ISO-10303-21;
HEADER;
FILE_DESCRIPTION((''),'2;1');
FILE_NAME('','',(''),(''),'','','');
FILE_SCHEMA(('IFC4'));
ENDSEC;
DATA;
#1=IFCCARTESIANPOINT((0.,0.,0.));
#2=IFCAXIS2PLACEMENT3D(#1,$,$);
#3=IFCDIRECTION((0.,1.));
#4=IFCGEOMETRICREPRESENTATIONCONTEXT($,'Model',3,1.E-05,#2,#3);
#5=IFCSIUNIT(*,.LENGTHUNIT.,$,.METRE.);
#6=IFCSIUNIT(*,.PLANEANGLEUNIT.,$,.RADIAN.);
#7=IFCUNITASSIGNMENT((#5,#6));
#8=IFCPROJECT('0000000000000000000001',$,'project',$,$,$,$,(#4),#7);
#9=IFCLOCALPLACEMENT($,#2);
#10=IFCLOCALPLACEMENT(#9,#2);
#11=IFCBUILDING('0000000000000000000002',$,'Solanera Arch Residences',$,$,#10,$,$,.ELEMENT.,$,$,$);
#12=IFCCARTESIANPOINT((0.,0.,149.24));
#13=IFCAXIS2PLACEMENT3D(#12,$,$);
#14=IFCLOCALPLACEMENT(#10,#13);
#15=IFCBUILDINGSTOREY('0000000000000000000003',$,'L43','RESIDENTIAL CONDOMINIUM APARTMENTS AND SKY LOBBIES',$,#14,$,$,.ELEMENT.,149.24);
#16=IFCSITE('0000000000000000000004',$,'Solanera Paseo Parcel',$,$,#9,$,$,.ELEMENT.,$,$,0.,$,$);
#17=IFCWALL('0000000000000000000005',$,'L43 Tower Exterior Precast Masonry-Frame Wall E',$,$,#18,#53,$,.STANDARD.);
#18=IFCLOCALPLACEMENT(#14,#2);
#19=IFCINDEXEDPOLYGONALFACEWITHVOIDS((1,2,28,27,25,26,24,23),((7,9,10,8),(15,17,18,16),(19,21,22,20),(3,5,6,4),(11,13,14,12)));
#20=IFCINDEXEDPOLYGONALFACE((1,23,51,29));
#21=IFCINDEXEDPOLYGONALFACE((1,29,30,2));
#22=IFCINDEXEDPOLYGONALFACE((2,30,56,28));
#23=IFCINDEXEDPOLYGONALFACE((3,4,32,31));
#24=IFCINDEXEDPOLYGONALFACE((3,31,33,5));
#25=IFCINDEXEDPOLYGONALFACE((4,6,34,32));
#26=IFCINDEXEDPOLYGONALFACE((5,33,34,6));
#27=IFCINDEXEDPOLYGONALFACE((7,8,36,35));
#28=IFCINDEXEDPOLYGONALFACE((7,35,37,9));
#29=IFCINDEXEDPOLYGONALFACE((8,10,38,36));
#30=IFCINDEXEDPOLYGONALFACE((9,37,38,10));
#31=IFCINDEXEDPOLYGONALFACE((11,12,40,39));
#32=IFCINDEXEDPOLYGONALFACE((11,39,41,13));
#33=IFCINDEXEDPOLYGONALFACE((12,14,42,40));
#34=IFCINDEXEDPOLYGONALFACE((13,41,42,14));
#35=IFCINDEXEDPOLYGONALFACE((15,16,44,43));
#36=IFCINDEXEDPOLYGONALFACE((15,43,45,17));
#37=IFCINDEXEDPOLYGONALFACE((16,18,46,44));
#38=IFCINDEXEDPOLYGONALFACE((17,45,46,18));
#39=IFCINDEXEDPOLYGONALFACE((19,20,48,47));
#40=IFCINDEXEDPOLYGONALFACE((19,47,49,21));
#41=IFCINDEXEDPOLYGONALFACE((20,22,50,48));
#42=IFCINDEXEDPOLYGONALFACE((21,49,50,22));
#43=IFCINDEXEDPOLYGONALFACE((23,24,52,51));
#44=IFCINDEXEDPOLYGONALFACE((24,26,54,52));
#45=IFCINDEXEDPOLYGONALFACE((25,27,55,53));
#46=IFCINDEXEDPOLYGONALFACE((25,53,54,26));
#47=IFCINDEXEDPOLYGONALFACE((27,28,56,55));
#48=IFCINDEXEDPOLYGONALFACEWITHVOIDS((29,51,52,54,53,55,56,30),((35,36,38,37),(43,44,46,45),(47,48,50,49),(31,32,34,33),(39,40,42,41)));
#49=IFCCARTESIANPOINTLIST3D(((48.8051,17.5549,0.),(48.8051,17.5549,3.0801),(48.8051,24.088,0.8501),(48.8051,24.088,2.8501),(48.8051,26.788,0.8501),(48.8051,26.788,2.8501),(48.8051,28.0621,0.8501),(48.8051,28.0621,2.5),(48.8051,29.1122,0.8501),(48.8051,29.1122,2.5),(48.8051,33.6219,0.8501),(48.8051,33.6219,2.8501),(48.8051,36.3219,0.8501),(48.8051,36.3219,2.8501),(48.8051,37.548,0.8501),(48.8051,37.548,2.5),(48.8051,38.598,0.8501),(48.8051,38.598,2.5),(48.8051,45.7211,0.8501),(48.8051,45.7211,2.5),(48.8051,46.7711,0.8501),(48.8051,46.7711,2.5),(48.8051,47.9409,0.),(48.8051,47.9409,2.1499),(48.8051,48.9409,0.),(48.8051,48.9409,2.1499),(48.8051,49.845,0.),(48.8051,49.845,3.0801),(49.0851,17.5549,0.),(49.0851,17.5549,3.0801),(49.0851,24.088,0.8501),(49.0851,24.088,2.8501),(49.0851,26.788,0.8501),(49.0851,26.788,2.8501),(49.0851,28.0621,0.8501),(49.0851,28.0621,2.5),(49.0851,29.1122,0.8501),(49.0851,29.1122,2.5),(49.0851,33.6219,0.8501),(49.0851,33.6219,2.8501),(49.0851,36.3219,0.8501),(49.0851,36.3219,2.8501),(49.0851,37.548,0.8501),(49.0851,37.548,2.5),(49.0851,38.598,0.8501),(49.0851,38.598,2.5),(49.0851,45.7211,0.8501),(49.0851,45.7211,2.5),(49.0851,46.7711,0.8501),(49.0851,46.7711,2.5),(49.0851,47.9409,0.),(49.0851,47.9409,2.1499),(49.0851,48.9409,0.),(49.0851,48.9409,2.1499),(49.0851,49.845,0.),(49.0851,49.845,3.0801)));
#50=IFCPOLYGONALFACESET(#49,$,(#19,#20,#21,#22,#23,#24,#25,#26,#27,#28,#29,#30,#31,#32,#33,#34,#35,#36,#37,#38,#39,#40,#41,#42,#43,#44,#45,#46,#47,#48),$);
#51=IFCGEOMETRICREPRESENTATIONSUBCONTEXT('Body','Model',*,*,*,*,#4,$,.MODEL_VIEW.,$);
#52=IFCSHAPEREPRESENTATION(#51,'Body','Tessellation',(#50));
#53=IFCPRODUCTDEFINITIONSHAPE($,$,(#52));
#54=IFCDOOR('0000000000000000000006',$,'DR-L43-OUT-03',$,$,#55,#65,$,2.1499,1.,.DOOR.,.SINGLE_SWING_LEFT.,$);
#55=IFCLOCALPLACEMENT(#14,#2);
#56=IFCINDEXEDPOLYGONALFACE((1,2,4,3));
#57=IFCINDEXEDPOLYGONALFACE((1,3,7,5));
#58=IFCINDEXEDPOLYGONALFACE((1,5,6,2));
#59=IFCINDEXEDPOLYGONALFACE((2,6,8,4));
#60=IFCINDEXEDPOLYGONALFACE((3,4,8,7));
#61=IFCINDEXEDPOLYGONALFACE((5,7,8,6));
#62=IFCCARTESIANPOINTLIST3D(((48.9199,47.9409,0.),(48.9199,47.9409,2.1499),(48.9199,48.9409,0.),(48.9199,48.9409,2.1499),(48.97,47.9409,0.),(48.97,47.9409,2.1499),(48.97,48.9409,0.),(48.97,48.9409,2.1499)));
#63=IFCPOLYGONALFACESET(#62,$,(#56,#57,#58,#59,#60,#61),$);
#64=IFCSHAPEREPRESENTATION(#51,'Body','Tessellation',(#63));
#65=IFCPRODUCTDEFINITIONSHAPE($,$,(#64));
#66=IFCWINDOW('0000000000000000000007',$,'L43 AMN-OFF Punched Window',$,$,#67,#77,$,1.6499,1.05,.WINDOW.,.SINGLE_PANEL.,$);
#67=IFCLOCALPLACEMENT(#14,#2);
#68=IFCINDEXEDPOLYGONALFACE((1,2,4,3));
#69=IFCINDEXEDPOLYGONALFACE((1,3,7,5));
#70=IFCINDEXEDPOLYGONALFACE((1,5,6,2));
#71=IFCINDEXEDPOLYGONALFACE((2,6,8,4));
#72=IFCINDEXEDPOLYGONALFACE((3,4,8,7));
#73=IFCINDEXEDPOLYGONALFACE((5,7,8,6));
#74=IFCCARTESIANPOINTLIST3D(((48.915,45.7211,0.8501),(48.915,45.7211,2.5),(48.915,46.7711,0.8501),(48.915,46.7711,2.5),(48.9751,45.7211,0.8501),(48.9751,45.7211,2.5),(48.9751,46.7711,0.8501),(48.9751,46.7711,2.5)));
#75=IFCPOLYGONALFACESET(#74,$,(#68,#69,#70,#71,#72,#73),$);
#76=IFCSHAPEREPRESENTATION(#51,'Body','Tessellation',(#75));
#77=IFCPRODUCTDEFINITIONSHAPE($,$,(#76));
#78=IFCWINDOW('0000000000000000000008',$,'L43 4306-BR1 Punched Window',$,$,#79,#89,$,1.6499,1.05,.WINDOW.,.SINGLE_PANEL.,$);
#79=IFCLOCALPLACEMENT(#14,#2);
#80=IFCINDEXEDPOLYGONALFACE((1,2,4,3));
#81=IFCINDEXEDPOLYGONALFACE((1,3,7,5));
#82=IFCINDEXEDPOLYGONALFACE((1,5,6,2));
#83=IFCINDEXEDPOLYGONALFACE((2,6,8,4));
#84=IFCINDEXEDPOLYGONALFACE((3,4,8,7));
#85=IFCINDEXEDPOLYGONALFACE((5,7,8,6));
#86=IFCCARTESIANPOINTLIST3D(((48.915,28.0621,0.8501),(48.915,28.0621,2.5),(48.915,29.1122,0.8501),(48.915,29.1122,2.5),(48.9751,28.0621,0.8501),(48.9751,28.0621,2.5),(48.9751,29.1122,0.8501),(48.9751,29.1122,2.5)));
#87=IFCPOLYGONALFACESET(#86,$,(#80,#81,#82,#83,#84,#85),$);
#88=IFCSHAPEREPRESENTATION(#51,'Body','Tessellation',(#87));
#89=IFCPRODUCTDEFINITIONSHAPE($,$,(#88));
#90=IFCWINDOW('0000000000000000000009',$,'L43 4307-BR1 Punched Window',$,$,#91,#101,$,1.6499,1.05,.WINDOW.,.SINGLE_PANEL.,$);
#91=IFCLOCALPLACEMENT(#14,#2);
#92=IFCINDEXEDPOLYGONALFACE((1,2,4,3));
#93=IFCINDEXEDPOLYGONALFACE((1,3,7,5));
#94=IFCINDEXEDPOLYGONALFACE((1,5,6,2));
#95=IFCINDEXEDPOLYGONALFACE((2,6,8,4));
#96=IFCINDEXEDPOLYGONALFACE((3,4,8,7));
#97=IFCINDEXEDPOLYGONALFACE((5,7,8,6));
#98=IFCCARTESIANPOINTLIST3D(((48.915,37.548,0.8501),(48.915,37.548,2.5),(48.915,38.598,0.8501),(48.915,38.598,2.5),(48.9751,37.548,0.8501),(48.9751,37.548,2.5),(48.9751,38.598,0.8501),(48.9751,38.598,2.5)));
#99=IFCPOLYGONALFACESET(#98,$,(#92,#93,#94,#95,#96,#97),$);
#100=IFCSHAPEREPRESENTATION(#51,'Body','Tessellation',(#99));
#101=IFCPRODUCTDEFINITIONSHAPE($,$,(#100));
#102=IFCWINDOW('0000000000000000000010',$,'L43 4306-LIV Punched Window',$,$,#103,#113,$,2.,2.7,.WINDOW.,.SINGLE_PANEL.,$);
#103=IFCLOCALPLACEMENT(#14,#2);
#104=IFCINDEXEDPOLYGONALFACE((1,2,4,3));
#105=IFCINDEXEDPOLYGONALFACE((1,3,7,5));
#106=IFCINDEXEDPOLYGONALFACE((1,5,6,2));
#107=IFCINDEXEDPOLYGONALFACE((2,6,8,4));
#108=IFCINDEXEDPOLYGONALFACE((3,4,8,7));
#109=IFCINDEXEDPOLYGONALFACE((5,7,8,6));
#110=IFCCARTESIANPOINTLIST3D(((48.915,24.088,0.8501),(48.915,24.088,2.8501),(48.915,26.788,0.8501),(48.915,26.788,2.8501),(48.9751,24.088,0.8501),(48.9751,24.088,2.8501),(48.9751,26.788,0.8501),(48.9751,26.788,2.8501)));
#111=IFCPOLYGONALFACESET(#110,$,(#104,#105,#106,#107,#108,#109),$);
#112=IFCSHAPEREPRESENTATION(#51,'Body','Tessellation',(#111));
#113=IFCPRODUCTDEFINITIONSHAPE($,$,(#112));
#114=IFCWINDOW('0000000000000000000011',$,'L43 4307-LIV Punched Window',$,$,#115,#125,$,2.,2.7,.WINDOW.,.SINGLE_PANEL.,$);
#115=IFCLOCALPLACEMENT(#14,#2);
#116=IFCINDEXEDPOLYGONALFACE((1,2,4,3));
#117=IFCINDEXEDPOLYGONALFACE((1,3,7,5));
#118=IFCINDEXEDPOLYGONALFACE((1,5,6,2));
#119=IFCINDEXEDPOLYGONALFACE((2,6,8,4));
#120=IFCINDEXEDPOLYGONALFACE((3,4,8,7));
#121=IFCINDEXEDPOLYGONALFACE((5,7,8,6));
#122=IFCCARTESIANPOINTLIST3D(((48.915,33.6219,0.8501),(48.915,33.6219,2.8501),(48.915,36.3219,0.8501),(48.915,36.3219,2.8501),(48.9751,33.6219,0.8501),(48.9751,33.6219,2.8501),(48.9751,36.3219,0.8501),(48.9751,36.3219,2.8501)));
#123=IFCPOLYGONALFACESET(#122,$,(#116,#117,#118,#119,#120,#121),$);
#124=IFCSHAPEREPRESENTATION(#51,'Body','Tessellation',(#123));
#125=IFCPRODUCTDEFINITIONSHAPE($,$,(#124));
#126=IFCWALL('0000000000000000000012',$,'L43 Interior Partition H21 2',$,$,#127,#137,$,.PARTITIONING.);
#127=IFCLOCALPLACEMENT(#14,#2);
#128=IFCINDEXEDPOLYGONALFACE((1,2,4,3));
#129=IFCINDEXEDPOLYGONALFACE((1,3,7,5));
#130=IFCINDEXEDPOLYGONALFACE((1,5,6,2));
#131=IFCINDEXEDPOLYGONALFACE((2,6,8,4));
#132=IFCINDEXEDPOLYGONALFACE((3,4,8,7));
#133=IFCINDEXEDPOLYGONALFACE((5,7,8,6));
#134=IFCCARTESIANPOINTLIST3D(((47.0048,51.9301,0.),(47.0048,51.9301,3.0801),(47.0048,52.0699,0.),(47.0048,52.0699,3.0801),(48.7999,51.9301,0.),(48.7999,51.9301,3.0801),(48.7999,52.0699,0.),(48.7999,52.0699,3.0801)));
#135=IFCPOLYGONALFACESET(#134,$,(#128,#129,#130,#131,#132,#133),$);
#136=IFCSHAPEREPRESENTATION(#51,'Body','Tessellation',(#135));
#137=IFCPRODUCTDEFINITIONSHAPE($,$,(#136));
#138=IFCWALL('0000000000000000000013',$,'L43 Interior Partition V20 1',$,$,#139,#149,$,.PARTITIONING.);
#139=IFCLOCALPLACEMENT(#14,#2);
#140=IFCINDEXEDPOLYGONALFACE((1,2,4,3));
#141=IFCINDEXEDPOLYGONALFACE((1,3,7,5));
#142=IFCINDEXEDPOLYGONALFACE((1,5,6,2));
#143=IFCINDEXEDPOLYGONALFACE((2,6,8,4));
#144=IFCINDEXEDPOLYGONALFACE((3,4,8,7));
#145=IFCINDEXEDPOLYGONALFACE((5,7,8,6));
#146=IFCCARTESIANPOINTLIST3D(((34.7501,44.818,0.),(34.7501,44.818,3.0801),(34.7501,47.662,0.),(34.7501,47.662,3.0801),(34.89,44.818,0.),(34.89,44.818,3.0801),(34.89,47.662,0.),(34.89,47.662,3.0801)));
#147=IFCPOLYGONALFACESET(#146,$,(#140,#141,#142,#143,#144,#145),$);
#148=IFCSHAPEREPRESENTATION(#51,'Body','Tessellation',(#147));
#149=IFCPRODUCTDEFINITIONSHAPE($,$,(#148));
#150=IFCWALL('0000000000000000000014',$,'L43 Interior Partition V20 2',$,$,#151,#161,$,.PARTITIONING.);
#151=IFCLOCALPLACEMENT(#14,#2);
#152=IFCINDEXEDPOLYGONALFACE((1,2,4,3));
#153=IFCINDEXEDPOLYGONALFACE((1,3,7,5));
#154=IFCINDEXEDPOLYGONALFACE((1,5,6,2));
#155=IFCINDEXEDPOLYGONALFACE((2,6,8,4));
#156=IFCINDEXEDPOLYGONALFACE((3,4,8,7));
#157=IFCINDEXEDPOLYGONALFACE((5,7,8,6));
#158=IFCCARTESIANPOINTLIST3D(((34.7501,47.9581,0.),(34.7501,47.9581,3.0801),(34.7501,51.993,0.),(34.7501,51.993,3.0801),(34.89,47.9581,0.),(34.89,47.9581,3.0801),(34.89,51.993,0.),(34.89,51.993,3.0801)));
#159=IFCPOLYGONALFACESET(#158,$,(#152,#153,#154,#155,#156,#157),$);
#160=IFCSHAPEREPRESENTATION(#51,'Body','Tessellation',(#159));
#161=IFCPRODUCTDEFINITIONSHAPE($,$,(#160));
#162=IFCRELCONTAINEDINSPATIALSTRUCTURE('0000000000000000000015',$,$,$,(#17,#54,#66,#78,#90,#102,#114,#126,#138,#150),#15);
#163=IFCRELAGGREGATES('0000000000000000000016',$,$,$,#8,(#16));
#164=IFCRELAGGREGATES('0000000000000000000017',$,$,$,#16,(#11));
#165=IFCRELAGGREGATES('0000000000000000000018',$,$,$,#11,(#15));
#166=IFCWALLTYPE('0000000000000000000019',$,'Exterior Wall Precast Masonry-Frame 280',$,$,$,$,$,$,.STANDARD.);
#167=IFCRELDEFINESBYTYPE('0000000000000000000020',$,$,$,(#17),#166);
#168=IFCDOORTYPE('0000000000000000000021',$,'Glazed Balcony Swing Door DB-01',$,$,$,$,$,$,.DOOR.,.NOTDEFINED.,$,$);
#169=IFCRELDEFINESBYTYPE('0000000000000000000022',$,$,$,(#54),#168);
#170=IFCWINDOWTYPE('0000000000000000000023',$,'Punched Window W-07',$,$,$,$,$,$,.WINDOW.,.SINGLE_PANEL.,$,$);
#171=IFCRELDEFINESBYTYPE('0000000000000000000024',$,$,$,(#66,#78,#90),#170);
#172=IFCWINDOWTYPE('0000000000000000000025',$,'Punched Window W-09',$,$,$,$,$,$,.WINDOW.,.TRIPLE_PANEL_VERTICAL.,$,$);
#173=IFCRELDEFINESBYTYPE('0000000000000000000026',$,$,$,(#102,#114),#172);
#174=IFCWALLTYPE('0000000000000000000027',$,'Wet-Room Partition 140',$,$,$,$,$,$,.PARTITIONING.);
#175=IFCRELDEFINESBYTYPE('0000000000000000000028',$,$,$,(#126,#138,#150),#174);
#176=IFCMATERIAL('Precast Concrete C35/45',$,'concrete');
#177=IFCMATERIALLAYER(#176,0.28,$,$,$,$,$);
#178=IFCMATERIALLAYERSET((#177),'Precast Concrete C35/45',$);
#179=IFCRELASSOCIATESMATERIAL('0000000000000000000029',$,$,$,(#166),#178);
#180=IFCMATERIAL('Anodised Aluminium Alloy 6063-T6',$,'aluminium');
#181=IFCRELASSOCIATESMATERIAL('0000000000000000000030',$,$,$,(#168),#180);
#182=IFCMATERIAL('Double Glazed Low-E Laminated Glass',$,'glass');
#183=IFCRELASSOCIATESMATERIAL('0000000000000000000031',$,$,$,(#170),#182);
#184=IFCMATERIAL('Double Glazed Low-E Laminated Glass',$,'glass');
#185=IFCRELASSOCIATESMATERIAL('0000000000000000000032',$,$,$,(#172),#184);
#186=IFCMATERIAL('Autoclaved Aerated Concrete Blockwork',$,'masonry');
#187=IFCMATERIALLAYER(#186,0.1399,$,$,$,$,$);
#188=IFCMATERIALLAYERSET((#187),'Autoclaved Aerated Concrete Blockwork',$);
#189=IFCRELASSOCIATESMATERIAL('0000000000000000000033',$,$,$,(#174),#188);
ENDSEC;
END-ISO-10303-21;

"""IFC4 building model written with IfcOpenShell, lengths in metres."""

from ifc_helpers import new_model, si_unit, direction, frame, frame_2d, origin, place, context, subcontext, project, spatial, rectangle, extrude, material, layer, layer_set, type_object, element, fill, save


model = new_model("IFC4")

# Units and contexts
model_context = context("Model", 3, precision=1e-05, world=origin(), true_north=direction((0.0, 1.0)))
body_context = subcontext(model_context, "Body", "Model", "MODEL_VIEW")
ifc_project = project(units=[si_unit("LENGTHUNIT", "METRE"), si_unit("PLANEANGLEUNIT", "RADIAN")], contexts=[model_context])

# Site, building, storey
site_placement = place(None, origin())
site = spatial("IfcSite", under=ifc_project, at=site_placement, Name="Solanera Paseo Parcel", CompositionType="ELEMENT", RefElevation=0.0)
building_placement = place(site_placement, origin())
building = spatial("IfcBuilding", under=site, at=building_placement, Name="Solanera Arch Residences", CompositionType="ELEMENT")
storey_placement = place(building_placement, frame((0.0, 0.0, 149.24)))
storey = spatial("IfcBuildingStorey", under=building, at=storey_placement, Name="L43", Description="RESIDENTIAL CONDOMINIUM APARTMENTS AND SKY LOBBIES", CompositionType="ELEMENT", Elevation=149.24)

# Shared definitions
ifc_material_1 = material(Name="Precast Concrete C35/45", Category="concrete")
ifc_layer_1 = layer(ifc_material_1, 0.28)
ifc_layer_set_1 = layer_set([ifc_layer_1], Name="Precast Concrete C35/45")
wall_type_1 = type_object("IfcWallType", Name="Exterior Wall Precast Masonry-Frame 280", PredefinedType="STANDARD", material=ifc_layer_set_1)

# Wall, openings, door, windows
wall_1_placement = place(storey_placement, frame((48.9451, 49.845, 0.0), z_axis=(0.0, 0.0, 1.0), x_axis=(0.0, -1.0, 0.0)))
wall_1 = element("IfcWall", 1, at=wall_1_placement, inside=storey, type_object=wall_type_1, Name="L43 Tower Exterior Precast Masonry-Frame Wall E", PredefinedType="STANDARD", context=body_context, shape_type="SweptSolid", body=[
    extrude(rectangle(XDim=32.29, YDim=0.28, at=frame_2d((16.145, 0.0))), origin(), (0.0, 0.0, 1.0), 3.0801),
])
opening_1_placement = place(wall_1_placement, frame((0.9041, 0.0, 0.0)))
opening_1 = element("IfcOpeningElement", 2, at=opening_1_placement, cuts=wall_1, PredefinedType="OPENING", context=body_context, shape_type="SweptSolid", body=[
    extrude(rectangle(XDim=1.0, YDim=2.1499, at=frame_2d((0.5, 1.075))), frame((0.0, 0.1499, 0.0), z_axis=(0.0, -1.0, 0.0), x_axis=(1.0, 0.0, 0.0)), (0.0, 0.0, 1.0), 0.3),
])
opening_2_placement = place(wall_1_placement, frame((3.074, 0.0, 0.8501)))
opening_2 = element("IfcOpeningElement", 3, at=opening_2_placement, cuts=wall_1, PredefinedType="OPENING", context=body_context, shape_type="SweptSolid", body=[
    extrude(rectangle(XDim=1.05, YDim=1.6499, at=frame_2d((0.5249, 0.825))), frame((0.0, 0.1499, 0.0), z_axis=(0.0, -1.0, 0.0), x_axis=(1.0, 0.0, 0.0)), (0.0, 0.0, 1.0), 0.3),
])
opening_3_placement = place(wall_1_placement, frame((23.0569, 0.0, 0.8501)))
opening_3 = element("IfcOpeningElement", 4, at=opening_3_placement, cuts=wall_1, PredefinedType="OPENING", context=body_context, shape_type="SweptSolid", body=[
    extrude(rectangle(XDim=2.7, YDim=2.0, at=frame_2d((1.3501, 1.0))), frame((0.0, 0.1499, 0.0), z_axis=(0.0, -1.0, 0.0), x_axis=(1.0, 0.0, 0.0)), (0.0, 0.0, 1.0), 0.3),
])
opening_4_placement = place(wall_1_placement, frame((20.7329, 0.0, 0.8501)))
opening_4 = element("IfcOpeningElement", 5, at=opening_4_placement, cuts=wall_1, PredefinedType="OPENING", context=body_context, shape_type="SweptSolid", body=[
    extrude(rectangle(XDim=1.05, YDim=1.6499, at=frame_2d((0.5249, 0.825))), frame((0.0, 0.1499, 0.0), z_axis=(0.0, -1.0, 0.0), x_axis=(1.0, 0.0, 0.0)), (0.0, 0.0, 1.0), 0.3),
])
opening_5_placement = place(wall_1_placement, frame((13.5229, 0.0, 0.8501)))
opening_5 = element("IfcOpeningElement", 6, at=opening_5_placement, cuts=wall_1, PredefinedType="OPENING", context=body_context, shape_type="SweptSolid", body=[
    extrude(rectangle(XDim=2.7, YDim=2.0, at=frame_2d((1.3501, 1.0))), frame((0.0, 0.1499, 0.0), z_axis=(0.0, -1.0, 0.0), x_axis=(1.0, 0.0, 0.0)), (0.0, 0.0, 1.0), 0.3),
])
opening_6_placement = place(wall_1_placement, frame((11.2471, 0.0, 0.8501)))
opening_6 = element("IfcOpeningElement", 7, at=opening_6_placement, cuts=wall_1, PredefinedType="OPENING", context=body_context, shape_type="SweptSolid", body=[
    extrude(rectangle(XDim=1.05, YDim=1.6499, at=frame_2d((0.5249, 0.825))), frame((0.0, 0.1499, 0.0), z_axis=(0.0, -1.0, 0.0), x_axis=(1.0, 0.0, 0.0)), (0.0, 0.0, 1.0), 0.3),
])
ifc_material_2 = material(Name="Anodised Aluminium Alloy 6063-T6", Category="aluminium")
door_type = type_object("IfcDoorType", Name="Glazed Balcony Swing Door DB-01", OperationType="NOTDEFINED", PredefinedType="DOOR", material=ifc_material_2)
door_placement = place(opening_1_placement, origin())
door = element("IfcDoor", 8, at=door_placement, inside=storey, type_object=door_type, Name="DR-L43-OUT-03", OperationType="SINGLE_SWING_LEFT", OverallHeight=2.1499, OverallWidth=1.0, PredefinedType="DOOR", context=body_context, shape_type="SweptSolid", body=[
    extrude(rectangle(XDim=1.0, YDim=2.1499, at=frame_2d((0.5, 1.075))), frame((0.0, 0.0249, 0.0), z_axis=(0.0, -1.0, 0.0), x_axis=(1.0, 0.0, 0.0)), (0.0, 0.0, 1.0), 0.05),
])
fill(opening_1, door)
ifc_material_3 = material(Name="Double Glazed Low-E Laminated Glass", Category="glass")
window_type_1 = type_object("IfcWindowType", Name="Punched Window W-07", PartitioningType="SINGLE_PANEL", PredefinedType="WINDOW", material=ifc_material_3)
window_1_placement = place(opening_2_placement, origin())
window_1 = element("IfcWindow", 9, at=window_1_placement, inside=storey, type_object=window_type_1, Name="L43 AMN-OFF Punched Window", OverallHeight=1.6499, OverallWidth=1.05, PartitioningType="SINGLE_PANEL", PredefinedType="WINDOW", context=body_context, shape_type="SweptSolid", body=[
    extrude(rectangle(XDim=1.05, YDim=1.6499, at=frame_2d((0.5249, 0.825))), frame((0.0, 0.03, 0.0), z_axis=(0.0, -1.0, 0.0), x_axis=(1.0, 0.0, 0.0)), (0.0, 0.0, 1.0), 0.0601),
])
fill(opening_2, window_1)
window_2_placement = place(opening_4_placement, origin())
window_2 = element("IfcWindow", 10, at=window_2_placement, inside=storey, type_object=window_type_1, Name="L43 4306-BR1 Punched Window", OverallHeight=1.6499, OverallWidth=1.05, PartitioningType="SINGLE_PANEL", PredefinedType="WINDOW", context=body_context, shape_type="SweptSolid", body=[
    extrude(rectangle(XDim=1.05, YDim=1.6499, at=frame_2d((0.5249, 0.825))), frame((0.0, 0.03, 0.0), z_axis=(0.0, -1.0, 0.0), x_axis=(1.0, 0.0, 0.0)), (0.0, 0.0, 1.0), 0.0601),
])
fill(opening_4, window_2)
window_3_placement = place(opening_6_placement, origin())
window_3 = element("IfcWindow", 11, at=window_3_placement, inside=storey, type_object=window_type_1, Name="L43 4307-BR1 Punched Window", OverallHeight=1.6499, OverallWidth=1.05, PartitioningType="SINGLE_PANEL", PredefinedType="WINDOW", context=body_context, shape_type="SweptSolid", body=[
    extrude(rectangle(XDim=1.05, YDim=1.6499, at=frame_2d((0.5249, 0.825))), frame((0.0, 0.03, 0.0), z_axis=(0.0, -1.0, 0.0), x_axis=(1.0, 0.0, 0.0)), (0.0, 0.0, 1.0), 0.0601),
])
fill(opening_6, window_3)
ifc_material_4 = material(Name="Double Glazed Low-E Laminated Glass", Category="glass")
window_type_2 = type_object("IfcWindowType", Name="Punched Window W-09", PartitioningType="TRIPLE_PANEL_VERTICAL", PredefinedType="WINDOW", material=ifc_material_4)
window_4_placement = place(opening_3_placement, origin())
window_4 = element("IfcWindow", 12, at=window_4_placement, inside=storey, type_object=window_type_2, Name="L43 4306-LIV Punched Window", OverallHeight=2.0, OverallWidth=2.7, PartitioningType="SINGLE_PANEL", PredefinedType="WINDOW", context=body_context, shape_type="SweptSolid", body=[
    extrude(rectangle(XDim=2.7, YDim=2.0, at=frame_2d((1.3501, 1.0))), frame((0.0, 0.03, 0.0), z_axis=(0.0, -1.0, 0.0), x_axis=(1.0, 0.0, 0.0)), (0.0, 0.0, 1.0), 0.0601),
])
fill(opening_3, window_4)
window_5_placement = place(opening_5_placement, origin())
window_5 = element("IfcWindow", 13, at=window_5_placement, inside=storey, type_object=window_type_2, Name="L43 4307-LIV Punched Window", OverallHeight=2.0, OverallWidth=2.7, PartitioningType="SINGLE_PANEL", PredefinedType="WINDOW", context=body_context, shape_type="SweptSolid", body=[
    extrude(rectangle(XDim=2.7, YDim=2.0, at=frame_2d((1.3501, 1.0))), frame((0.0, 0.03, 0.0), z_axis=(0.0, -1.0, 0.0), x_axis=(1.0, 0.0, 0.0)), (0.0, 0.0, 1.0), 0.0601),
])
fill(opening_5, window_5)

# Walls
ifc_material_5 = material(Name="Autoclaved Aerated Concrete Blockwork", Category="masonry")
ifc_layer_2 = layer(ifc_material_5, 0.1399)
ifc_layer_set_2 = layer_set([ifc_layer_2], Name="Autoclaved Aerated Concrete Blockwork")
wall_type_2 = type_object("IfcWallType", Name="Wet-Room Partition 140", PredefinedType="PARTITIONING", material=ifc_layer_set_2)
wall_2_placement = place(storey_placement, frame((47.0049, 52.0, 0.0), z_axis=(0.0, 0.0, 1.0), x_axis=(1.0, 0.0, 0.0)))
element("IfcWall", 14, at=wall_2_placement, inside=storey, type_object=wall_type_2, Name="L43 Interior Partition H21 2", PredefinedType="PARTITIONING", context=body_context, shape_type="SweptSolid", body=[
    extrude(rectangle(XDim=1.7952, YDim=0.1399, at=frame_2d((0.8975, 0.0))), origin(), (0.0, 0.0, 1.0), 3.0801),
])
wall_3_placement = place(storey_placement, frame((34.8201, 44.8181, 0.0), z_axis=(0.0, 0.0, 1.0), x_axis=(0.0, 1.0, 0.0)))
element("IfcWall", 15, at=wall_3_placement, inside=storey, type_object=wall_type_2, Name="L43 Interior Partition V20 1", PredefinedType="PARTITIONING", context=body_context, shape_type="SweptSolid", body=[
    extrude(rectangle(XDim=2.844, YDim=0.1399, at=frame_2d((1.4219, 0.0))), origin(), (0.0, 0.0, 1.0), 3.0801),
])
wall_4_placement = place(storey_placement, frame((34.8201, 47.958, 0.0), z_axis=(0.0, 0.0, 1.0), x_axis=(0.0, 1.0, 0.0)))
element("IfcWall", 16, at=wall_4_placement, inside=storey, type_object=wall_type_2, Name="L43 Interior Partition V20 2", PredefinedType="PARTITIONING", context=body_context, shape_type="SweptSolid", body=[
    extrude(rectangle(XDim=4.0349, YDim=0.1399, at=frame_2d((2.0176, 0.0))), origin(), (0.0, 0.0, 1.0), 3.0801),
])

save(model, "model.ifc")
